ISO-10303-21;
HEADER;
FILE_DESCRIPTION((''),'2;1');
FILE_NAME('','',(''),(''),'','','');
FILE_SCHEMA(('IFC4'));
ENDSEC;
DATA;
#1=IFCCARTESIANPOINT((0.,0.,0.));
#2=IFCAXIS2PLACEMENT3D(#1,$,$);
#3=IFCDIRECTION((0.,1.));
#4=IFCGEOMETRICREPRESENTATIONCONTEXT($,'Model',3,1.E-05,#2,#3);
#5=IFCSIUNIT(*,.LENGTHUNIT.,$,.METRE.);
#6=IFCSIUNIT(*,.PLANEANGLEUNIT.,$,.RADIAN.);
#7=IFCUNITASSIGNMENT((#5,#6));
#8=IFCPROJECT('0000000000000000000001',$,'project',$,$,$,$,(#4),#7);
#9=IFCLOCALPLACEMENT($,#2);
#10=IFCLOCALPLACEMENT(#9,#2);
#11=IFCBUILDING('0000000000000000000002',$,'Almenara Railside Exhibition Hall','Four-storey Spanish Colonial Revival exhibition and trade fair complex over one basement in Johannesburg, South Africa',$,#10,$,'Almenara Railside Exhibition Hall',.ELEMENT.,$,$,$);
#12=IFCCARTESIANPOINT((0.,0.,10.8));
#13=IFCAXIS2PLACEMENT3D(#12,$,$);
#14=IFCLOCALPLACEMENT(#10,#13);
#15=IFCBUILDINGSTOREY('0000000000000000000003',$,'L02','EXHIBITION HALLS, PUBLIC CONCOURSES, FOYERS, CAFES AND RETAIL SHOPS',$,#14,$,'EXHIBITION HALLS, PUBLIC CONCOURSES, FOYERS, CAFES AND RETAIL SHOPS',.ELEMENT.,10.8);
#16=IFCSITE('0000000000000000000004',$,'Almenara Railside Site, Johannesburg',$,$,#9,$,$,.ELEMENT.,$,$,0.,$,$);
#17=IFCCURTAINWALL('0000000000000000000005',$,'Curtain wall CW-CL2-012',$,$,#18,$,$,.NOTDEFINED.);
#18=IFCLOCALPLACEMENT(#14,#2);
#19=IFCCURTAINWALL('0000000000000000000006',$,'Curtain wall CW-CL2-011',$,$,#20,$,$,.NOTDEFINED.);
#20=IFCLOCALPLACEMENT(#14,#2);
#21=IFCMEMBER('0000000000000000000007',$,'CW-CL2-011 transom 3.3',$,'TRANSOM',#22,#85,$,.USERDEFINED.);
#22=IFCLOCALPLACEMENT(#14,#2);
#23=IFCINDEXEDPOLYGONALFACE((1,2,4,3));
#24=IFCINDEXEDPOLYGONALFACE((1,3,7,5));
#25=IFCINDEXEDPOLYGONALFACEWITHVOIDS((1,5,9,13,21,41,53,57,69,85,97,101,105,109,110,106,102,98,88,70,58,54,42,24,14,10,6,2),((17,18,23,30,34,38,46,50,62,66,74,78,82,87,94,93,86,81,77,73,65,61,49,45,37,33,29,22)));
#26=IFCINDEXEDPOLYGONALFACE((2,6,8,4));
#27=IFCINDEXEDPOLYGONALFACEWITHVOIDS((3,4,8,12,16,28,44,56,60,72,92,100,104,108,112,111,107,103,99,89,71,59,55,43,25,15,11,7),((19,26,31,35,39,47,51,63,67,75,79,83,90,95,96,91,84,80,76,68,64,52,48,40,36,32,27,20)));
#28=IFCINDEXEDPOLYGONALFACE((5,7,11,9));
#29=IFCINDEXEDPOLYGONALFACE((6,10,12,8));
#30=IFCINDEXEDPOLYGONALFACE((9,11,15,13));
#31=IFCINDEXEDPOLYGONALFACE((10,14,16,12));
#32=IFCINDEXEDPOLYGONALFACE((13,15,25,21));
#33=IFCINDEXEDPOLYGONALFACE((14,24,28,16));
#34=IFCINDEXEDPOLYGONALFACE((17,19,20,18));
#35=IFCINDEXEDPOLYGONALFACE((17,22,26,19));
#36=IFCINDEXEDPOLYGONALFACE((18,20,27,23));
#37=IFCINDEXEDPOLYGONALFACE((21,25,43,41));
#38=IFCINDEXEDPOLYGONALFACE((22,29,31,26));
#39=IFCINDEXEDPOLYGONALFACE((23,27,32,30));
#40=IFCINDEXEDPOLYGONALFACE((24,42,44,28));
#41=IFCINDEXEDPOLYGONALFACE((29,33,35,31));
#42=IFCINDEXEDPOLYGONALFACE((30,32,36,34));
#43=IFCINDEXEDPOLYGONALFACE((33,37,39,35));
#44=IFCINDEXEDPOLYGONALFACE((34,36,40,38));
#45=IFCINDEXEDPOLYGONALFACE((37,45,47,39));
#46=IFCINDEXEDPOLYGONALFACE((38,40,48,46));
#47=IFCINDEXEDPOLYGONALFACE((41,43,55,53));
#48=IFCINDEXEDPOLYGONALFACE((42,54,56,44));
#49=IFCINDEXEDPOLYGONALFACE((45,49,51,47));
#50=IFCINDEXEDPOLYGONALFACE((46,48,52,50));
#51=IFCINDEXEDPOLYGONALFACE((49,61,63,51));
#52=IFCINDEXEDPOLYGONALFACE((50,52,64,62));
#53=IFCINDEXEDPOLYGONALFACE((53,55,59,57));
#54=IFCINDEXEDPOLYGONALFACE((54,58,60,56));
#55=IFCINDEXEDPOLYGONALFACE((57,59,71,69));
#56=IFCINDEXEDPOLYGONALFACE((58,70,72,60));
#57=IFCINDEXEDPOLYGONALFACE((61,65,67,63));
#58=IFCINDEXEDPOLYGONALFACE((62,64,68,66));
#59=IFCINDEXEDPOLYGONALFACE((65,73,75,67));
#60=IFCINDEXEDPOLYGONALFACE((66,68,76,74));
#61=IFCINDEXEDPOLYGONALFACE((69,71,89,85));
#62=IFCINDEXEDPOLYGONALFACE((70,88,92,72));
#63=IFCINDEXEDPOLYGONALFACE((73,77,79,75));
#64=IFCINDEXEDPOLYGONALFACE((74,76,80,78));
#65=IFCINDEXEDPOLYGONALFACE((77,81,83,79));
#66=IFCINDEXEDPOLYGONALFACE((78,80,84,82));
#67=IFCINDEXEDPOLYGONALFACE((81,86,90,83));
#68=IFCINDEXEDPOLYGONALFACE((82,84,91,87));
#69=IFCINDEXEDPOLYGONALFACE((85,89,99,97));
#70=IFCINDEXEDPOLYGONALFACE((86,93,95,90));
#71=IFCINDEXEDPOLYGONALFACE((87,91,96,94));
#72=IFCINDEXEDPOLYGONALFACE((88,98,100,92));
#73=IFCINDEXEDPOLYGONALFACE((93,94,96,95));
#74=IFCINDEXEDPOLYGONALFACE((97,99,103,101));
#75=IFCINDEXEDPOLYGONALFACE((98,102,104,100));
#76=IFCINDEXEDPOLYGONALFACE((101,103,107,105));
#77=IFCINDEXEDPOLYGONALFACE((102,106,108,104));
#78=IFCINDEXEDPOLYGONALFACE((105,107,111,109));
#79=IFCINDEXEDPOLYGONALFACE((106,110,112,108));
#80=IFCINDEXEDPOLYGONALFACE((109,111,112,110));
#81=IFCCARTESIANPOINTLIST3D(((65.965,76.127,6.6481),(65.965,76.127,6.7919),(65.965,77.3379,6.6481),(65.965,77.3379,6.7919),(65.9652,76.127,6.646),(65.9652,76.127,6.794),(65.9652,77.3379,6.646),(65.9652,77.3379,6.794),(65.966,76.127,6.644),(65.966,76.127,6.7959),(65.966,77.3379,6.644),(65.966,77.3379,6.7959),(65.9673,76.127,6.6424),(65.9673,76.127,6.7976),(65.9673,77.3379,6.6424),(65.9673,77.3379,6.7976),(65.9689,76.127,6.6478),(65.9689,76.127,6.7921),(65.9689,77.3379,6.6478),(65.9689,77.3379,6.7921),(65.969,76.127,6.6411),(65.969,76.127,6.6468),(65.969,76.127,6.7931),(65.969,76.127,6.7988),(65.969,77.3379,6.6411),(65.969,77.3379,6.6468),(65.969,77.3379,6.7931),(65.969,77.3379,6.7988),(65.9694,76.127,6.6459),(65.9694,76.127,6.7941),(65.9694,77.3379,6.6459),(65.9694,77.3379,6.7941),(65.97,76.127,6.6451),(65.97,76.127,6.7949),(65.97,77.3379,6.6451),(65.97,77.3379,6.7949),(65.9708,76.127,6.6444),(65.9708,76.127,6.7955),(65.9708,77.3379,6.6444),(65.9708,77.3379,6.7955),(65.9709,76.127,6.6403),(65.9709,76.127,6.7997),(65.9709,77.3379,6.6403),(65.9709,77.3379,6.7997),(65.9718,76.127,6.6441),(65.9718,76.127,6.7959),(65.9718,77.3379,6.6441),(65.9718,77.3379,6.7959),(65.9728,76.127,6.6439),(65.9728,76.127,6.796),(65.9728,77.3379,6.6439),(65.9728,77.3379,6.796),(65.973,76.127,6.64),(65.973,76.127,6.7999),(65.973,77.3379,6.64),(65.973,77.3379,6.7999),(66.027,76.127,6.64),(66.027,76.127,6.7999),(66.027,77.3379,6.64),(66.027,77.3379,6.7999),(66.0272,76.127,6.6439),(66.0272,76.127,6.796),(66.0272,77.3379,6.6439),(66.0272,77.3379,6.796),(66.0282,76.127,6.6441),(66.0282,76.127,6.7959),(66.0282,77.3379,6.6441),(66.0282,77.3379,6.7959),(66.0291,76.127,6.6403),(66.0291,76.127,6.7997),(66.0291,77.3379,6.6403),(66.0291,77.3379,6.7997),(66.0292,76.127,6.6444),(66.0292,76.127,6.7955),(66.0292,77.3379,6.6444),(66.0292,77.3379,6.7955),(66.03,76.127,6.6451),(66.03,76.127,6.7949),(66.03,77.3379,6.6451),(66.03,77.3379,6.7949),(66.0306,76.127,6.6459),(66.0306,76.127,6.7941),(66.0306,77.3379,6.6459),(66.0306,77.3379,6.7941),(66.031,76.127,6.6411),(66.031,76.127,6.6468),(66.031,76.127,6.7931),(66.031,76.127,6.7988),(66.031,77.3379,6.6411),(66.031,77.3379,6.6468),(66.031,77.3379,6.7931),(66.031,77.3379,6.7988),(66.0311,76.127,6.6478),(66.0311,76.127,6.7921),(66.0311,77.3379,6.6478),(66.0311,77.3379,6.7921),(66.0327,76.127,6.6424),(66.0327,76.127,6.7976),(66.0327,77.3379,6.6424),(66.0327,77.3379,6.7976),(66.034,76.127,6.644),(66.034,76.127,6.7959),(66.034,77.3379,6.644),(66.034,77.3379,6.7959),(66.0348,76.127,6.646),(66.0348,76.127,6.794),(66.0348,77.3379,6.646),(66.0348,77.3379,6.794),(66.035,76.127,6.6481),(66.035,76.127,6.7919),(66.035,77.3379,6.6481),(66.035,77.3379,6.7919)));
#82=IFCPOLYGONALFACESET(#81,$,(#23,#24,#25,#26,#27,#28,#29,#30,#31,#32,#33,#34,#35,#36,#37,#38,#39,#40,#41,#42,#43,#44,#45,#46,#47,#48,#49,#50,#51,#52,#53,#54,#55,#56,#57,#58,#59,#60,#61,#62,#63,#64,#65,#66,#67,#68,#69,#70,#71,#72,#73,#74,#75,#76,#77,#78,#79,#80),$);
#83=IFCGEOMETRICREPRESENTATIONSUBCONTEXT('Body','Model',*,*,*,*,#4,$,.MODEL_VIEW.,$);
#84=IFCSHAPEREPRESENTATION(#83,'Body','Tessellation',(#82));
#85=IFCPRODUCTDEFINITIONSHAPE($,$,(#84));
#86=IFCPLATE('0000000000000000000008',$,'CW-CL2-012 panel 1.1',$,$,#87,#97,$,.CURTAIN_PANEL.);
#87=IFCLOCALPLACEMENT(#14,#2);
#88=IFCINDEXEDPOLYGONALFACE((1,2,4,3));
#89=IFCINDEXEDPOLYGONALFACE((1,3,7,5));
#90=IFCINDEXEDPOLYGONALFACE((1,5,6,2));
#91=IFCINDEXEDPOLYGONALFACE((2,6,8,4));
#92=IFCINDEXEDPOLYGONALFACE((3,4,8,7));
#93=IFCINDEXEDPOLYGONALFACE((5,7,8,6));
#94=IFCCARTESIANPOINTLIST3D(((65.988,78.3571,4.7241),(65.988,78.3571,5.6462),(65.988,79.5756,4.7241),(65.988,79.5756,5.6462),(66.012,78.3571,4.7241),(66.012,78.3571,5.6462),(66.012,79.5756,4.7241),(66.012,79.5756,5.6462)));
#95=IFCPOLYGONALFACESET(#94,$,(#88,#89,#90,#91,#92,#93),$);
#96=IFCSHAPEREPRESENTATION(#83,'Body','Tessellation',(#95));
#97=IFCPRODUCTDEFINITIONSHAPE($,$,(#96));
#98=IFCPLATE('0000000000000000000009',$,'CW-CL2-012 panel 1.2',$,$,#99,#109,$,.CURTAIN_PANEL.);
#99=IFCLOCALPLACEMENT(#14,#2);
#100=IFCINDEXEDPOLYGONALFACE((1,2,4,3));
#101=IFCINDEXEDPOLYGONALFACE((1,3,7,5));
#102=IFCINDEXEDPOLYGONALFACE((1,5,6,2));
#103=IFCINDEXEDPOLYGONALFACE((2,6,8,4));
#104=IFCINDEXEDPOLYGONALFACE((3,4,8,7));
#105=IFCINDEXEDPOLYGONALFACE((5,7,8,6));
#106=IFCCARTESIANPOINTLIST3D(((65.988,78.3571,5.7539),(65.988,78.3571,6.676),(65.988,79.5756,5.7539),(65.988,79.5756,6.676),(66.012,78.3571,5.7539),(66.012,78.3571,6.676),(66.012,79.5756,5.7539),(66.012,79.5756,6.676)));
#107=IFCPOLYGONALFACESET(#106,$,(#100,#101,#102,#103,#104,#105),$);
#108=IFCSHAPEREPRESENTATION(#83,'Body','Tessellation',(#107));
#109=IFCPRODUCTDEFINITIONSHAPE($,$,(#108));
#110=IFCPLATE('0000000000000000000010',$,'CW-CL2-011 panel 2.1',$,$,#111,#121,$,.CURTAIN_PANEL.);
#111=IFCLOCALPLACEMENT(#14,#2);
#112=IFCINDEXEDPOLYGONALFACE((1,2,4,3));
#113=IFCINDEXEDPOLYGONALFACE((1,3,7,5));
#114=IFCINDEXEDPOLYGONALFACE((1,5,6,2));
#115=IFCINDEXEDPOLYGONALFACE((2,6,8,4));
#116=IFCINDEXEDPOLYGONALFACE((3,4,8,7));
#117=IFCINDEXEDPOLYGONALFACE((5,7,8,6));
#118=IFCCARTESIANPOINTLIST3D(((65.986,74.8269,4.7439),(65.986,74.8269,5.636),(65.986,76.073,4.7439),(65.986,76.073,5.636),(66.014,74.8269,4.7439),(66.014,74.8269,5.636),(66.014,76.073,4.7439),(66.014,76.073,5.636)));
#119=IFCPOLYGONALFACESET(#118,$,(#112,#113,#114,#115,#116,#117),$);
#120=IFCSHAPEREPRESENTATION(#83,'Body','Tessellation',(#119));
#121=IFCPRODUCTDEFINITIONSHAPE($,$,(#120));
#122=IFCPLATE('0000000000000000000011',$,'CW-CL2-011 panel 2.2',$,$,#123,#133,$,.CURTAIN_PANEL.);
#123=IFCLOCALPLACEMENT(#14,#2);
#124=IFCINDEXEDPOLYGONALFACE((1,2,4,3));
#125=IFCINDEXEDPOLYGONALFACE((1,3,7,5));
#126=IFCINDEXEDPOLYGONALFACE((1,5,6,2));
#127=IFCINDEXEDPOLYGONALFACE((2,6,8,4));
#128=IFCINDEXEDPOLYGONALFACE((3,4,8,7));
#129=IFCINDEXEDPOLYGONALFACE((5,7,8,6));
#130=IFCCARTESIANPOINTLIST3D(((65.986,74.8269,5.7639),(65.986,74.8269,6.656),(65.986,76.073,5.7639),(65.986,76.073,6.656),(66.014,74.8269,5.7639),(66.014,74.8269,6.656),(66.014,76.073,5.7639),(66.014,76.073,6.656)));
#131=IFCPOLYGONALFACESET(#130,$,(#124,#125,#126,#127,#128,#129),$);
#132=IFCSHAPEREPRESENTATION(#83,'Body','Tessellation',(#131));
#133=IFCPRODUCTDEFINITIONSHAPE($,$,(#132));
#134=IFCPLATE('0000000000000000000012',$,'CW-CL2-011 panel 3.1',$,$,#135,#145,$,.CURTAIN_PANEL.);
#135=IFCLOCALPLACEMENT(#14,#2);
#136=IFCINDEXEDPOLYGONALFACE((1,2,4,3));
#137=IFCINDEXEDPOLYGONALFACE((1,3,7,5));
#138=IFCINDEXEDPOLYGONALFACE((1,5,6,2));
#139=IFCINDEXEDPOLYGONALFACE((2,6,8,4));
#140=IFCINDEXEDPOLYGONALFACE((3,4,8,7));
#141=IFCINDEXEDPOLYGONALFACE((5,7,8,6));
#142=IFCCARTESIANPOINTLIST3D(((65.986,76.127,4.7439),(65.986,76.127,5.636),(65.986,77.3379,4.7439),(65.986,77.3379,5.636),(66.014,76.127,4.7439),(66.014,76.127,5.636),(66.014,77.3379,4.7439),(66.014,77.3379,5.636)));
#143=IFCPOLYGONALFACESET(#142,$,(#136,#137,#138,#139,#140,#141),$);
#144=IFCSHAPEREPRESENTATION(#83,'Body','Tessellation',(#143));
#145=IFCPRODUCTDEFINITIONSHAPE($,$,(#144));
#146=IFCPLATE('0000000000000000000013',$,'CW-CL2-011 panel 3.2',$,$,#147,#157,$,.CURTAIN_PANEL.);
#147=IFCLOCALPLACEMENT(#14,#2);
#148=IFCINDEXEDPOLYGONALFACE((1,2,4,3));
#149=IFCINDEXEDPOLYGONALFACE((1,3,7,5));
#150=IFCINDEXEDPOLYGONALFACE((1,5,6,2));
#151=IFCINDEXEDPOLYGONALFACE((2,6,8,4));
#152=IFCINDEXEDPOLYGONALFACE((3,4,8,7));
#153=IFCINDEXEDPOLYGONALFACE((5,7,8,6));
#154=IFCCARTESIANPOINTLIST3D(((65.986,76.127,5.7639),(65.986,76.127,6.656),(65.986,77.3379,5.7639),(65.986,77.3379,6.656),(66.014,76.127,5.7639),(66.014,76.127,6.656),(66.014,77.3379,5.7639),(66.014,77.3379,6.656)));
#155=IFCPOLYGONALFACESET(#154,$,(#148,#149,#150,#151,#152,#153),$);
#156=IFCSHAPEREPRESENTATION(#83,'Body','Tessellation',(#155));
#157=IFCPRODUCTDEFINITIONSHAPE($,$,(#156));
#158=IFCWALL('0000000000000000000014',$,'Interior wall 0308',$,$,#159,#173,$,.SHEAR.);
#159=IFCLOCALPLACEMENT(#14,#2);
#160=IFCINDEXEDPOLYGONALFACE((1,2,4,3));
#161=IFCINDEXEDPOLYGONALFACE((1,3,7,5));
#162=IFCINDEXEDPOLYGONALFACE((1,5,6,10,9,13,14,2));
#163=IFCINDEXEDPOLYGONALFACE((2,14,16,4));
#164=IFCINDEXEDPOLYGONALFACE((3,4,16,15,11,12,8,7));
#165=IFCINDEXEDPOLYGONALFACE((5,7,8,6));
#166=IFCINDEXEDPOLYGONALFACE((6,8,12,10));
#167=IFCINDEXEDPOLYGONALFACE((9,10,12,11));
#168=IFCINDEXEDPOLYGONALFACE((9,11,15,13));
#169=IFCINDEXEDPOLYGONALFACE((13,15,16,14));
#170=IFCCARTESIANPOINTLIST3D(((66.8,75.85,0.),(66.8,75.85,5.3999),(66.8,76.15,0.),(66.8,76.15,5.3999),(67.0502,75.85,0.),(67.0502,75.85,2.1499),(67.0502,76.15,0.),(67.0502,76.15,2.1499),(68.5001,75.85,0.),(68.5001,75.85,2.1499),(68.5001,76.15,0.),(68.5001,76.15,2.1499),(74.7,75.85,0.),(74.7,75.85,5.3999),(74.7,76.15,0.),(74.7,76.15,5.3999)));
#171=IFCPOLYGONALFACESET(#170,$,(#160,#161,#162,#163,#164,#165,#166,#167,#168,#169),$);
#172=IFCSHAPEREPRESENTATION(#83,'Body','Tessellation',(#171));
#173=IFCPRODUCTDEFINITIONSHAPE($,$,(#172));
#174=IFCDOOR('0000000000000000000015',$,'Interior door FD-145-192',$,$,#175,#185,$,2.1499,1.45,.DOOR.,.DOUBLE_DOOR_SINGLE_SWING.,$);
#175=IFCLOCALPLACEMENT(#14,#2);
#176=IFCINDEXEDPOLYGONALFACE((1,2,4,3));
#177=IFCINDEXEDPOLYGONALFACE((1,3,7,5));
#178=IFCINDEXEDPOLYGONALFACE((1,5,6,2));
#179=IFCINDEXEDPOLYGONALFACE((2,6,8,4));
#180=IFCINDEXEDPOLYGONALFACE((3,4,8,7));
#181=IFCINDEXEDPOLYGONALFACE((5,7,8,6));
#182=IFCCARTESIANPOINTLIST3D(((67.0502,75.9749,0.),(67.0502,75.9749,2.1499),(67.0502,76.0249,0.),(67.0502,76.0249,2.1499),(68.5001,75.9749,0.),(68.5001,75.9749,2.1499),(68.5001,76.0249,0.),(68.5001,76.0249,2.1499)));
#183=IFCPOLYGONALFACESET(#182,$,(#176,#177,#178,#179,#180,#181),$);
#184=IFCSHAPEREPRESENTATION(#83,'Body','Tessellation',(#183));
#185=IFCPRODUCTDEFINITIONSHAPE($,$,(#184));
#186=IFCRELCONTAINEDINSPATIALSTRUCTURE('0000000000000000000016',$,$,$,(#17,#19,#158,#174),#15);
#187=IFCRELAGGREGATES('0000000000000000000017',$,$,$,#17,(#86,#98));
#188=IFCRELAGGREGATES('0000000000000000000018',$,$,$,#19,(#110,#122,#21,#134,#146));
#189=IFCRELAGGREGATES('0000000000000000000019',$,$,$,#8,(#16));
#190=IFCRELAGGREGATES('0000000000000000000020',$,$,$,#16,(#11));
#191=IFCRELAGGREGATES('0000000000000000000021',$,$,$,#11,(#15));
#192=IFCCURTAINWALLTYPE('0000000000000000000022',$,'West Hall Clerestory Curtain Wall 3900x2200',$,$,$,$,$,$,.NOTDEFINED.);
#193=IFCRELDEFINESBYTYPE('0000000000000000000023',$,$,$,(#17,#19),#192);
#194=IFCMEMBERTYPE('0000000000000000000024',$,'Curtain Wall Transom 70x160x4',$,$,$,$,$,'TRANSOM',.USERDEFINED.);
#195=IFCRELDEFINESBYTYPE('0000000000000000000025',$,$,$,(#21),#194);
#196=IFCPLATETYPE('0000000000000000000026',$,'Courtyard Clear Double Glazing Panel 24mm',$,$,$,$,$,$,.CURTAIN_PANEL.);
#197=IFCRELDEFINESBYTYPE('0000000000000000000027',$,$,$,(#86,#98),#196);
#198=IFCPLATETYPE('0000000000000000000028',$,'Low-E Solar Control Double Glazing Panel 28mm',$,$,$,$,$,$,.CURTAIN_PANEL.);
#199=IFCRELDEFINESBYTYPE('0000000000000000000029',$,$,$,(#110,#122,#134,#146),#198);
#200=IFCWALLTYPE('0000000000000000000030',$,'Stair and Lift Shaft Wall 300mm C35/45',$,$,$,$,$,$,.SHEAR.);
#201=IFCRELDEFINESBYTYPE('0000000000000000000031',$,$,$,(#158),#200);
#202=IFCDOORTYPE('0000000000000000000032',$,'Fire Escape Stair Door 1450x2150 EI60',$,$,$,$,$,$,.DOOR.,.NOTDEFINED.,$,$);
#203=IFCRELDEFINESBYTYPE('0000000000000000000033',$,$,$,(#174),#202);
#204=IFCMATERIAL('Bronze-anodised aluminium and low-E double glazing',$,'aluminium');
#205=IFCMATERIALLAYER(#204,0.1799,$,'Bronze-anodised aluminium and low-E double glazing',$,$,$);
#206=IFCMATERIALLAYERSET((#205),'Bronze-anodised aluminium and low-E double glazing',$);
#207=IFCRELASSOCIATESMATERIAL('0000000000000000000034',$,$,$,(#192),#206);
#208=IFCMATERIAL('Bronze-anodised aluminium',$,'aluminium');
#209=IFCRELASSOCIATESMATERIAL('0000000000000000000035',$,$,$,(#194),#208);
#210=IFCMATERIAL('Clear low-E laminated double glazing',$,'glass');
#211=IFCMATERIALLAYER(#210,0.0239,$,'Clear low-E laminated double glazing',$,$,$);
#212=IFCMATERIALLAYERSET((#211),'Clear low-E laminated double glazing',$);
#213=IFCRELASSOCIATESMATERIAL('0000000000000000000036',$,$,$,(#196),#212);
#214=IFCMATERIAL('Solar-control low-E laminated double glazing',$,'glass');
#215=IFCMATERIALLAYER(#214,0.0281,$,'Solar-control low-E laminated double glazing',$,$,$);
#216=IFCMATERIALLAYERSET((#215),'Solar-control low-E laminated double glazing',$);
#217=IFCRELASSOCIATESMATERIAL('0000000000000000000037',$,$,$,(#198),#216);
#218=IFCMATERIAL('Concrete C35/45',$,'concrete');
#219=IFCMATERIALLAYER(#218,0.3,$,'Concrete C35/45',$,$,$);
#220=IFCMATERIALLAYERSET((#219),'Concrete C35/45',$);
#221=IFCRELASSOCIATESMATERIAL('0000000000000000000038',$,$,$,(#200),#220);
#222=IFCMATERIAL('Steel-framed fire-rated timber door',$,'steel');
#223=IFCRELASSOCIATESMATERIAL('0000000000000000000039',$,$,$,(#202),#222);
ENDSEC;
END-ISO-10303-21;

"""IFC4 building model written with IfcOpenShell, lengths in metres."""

from ifc_helpers import new_model, si_unit, direction, frame, frame_2d, origin, origin_2d, place, context, subcontext, project, spatial, rectangle, hollow_rectangle, extrude, material, layer, layer_set, material_profile, profile_set, type_object, element, fill, aggregate, save


model = new_model("IFC4")

# Units and contexts
model_context = context("Model", 3, precision=1e-05, world=origin(), true_north=direction((0.0, 1.0)))
body_context = subcontext(model_context, "Body", "Model", "MODEL_VIEW")
ifc_project = project(units=[si_unit("LENGTHUNIT", "METRE"), si_unit("PLANEANGLEUNIT", "RADIAN")], contexts=[model_context])

# Site, building, storey
site_placement = place(None, origin())
site = spatial("IfcSite", under=ifc_project, at=site_placement, Name="Almenara Railside Site, Johannesburg", CompositionType="ELEMENT", RefElevation=0.0)
building_placement = place(site_placement, origin())
building = spatial("IfcBuilding", under=site, at=building_placement, Name="Almenara Railside Exhibition Hall", Description="Four-storey Spanish Colonial Revival exhibition and trade fair complex over one basement in Johannesburg, South Africa", LongName="Almenara Railside Exhibition Hall", CompositionType="ELEMENT")
storey_placement = place(building_placement, frame((0.0, 0.0, 10.8)))
storey = spatial("IfcBuildingStorey", under=building, at=storey_placement, Name="L02", Description="EXHIBITION HALLS, PUBLIC CONCOURSES, FOYERS, CAFES AND RETAIL SHOPS", LongName="EXHIBITION HALLS, PUBLIC CONCOURSES, FOYERS, CAFES AND RETAIL SHOPS", CompositionType="ELEMENT", Elevation=10.8)

# Curtain walls
ifc_material_1 = material(Name="Bronze-anodised aluminium and low-E double glazing", Category="aluminium")
ifc_layer_1 = layer(ifc_material_1, 0.1799, Name="Bronze-anodised aluminium and low-E double glazing")
ifc_layer_set_1 = layer_set([ifc_layer_1], Name="Bronze-anodised aluminium and low-E double glazing")
curtain_wall_type = type_object("IfcCurtainWallType", Name="West Hall Clerestory Curtain Wall 3900x2200", PredefinedType="NOTDEFINED", material=ifc_layer_set_1)
curtain_wall_1_placement = place(storey_placement, origin())
curtain_wall_1 = element("IfcCurtainWall", 1, at=curtain_wall_1_placement, inside=storey, type_object=curtain_wall_type, Name="Curtain wall CW-CL2-012", PredefinedType="NOTDEFINED")
ifc_material_2 = material(Name="Bronze-anodised aluminium", Category="aluminium")
curtain_wall_2_placement = place(storey_placement, origin())
curtain_wall_2 = element("IfcCurtainWall", 2, at=curtain_wall_2_placement, inside=storey, type_object=curtain_wall_type, Name="Curtain wall CW-CL2-011", PredefinedType="NOTDEFINED")

# Member
ifc_material_profile_1 = material_profile(ifc_material_2, hollow_rectangle(XDim=0.0701, YDim=0.1599, WallThickness=0.0039, InnerFilletRadius=0.0039, OuterFilletRadius=0.0081, at=origin_2d()), Name="ALU-TRN 70x160x4")
ifc_profile_set_1 = profile_set([ifc_material_profile_1], Name="Bronze-anodised aluminium")
member_type_1 = type_object("IfcMemberType", Name="Curtain Wall Transom 70x160x4", ElementType="TRANSOM", PredefinedType="USERDEFINED", material=ifc_profile_set_1)
member_1_placement = place(storey_placement, frame((66.0, 76.127, 6.72), z_axis=(0.0, 1.0, 0.0), x_axis=(-1.0, 0.0, 0.0)))
member_1 = element("IfcMember", 3, at=member_1_placement, type_object=member_type_1, Name="CW-CL2-011 transom 3.3", ObjectType="TRANSOM", PredefinedType="USERDEFINED", context=body_context, shape_type="SweptSolid", body=[
    extrude(hollow_rectangle(XDim=0.0701, YDim=0.1599, WallThickness=0.0039, InnerFilletRadius=0.0039, OuterFilletRadius=0.0081, at=origin_2d()), origin(), (0.0, 0.0, 1.0), 1.2109),
])

# Plates
ifc_material_3 = material(Name="Clear low-E laminated double glazing", Category="glass")
ifc_layer_2 = layer(ifc_material_3, 0.0239, Name="Clear low-E laminated double glazing")
ifc_layer_set_2 = layer_set([ifc_layer_2], Name="Clear low-E laminated double glazing")
plate_type_1 = type_object("IfcPlateType", Name="Courtyard Clear Double Glazing Panel 24mm", PredefinedType="CURTAIN_PANEL", material=ifc_layer_set_2)
plate_1_placement = place(storey_placement, frame((66.0, 78.9663, 4.7241), z_axis=(0.0, 0.0, 1.0), x_axis=(0.0, 1.0, 0.0)))
plate_1 = element("IfcPlate", 4, at=plate_1_placement, type_object=plate_type_1, Name="CW-CL2-012 panel 1.1", PredefinedType="CURTAIN_PANEL", context=body_context, shape_type="SweptSolid", body=[
    extrude(rectangle(XDim=1.2185, YDim=0.0239, at=origin_2d()), origin(), (0.0, 0.0, 1.0), 0.9221),
])
plate_2_placement = place(storey_placement, frame((66.0, 78.9663, 5.7539), z_axis=(0.0, 0.0, 1.0), x_axis=(0.0, 1.0, 0.0)))
plate_2 = element("IfcPlate", 5, at=plate_2_placement, type_object=plate_type_1, Name="CW-CL2-012 panel 1.2", PredefinedType="CURTAIN_PANEL", context=body_context, shape_type="SweptSolid", body=[
    extrude(rectangle(XDim=1.2185, YDim=0.0239, at=origin_2d()), origin(), (0.0, 0.0, 1.0), 0.9221),
])
aggregate(curtain_wall_1, [plate_1, plate_2])
ifc_material_4 = material(Name="Solar-control low-E laminated double glazing", Category="glass")
ifc_layer_3 = layer(ifc_material_4, 0.0281, Name="Solar-control low-E laminated double glazing")
ifc_layer_set_3 = layer_set([ifc_layer_3], Name="Solar-control low-E laminated double glazing")
plate_type_2 = type_object("IfcPlateType", Name="Low-E Solar Control Double Glazing Panel 28mm", PredefinedType="CURTAIN_PANEL", material=ifc_layer_set_3)
plate_3_placement = place(storey_placement, frame((66.0, 75.45, 4.7439), z_axis=(0.0, 0.0, 1.0), x_axis=(0.0, 1.0, 0.0)))
plate_3 = element("IfcPlate", 6, at=plate_3_placement, type_object=plate_type_2, Name="CW-CL2-011 panel 2.1", PredefinedType="CURTAIN_PANEL", context=body_context, shape_type="SweptSolid", body=[
    extrude(rectangle(XDim=1.2461, YDim=0.0281, at=origin_2d()), origin(), (0.0, 0.0, 1.0), 0.8921),
])
plate_4_placement = place(storey_placement, frame((66.0, 75.45, 5.7639), z_axis=(0.0, 0.0, 1.0), x_axis=(0.0, 1.0, 0.0)))
plate_4 = element("IfcPlate", 7, at=plate_4_placement, type_object=plate_type_2, Name="CW-CL2-011 panel 2.2", PredefinedType="CURTAIN_PANEL", context=body_context, shape_type="SweptSolid", body=[
    extrude(rectangle(XDim=1.2461, YDim=0.0281, at=origin_2d()), origin(), (0.0, 0.0, 1.0), 0.8921),
])
plate_5_placement = place(storey_placement, frame((66.0, 76.7324, 4.7439), z_axis=(0.0, 0.0, 1.0), x_axis=(0.0, 1.0, 0.0)))
plate_5 = element("IfcPlate", 8, at=plate_5_placement, type_object=plate_type_2, Name="CW-CL2-011 panel 3.1", PredefinedType="CURTAIN_PANEL", context=body_context, shape_type="SweptSolid", body=[
    extrude(rectangle(XDim=1.2109, YDim=0.0281, at=origin_2d()), origin(), (0.0, 0.0, 1.0), 0.8921),
])
plate_6_placement = place(storey_placement, frame((66.0, 76.7324, 5.7639), z_axis=(0.0, 0.0, 1.0), x_axis=(0.0, 1.0, 0.0)))
plate_6 = element("IfcPlate", 9, at=plate_6_placement, type_object=plate_type_2, Name="CW-CL2-011 panel 3.2", PredefinedType="CURTAIN_PANEL", context=body_context, shape_type="SweptSolid", body=[
    extrude(rectangle(XDim=1.2109, YDim=0.0281, at=origin_2d()), origin(), (0.0, 0.0, 1.0), 0.8921),
])
aggregate(curtain_wall_2, [plate_3, plate_4, member_1, plate_5, plate_6])

# Wall, opening, door
ifc_material_5 = material(Name="Concrete C35/45", Category="concrete")
ifc_layer_4 = layer(ifc_material_5, 0.3, Name="Concrete C35/45")
ifc_layer_set_4 = layer_set([ifc_layer_4], Name="Concrete C35/45")
wall_type = type_object("IfcWallType", Name="Stair and Lift Shaft Wall 300mm C35/45", PredefinedType="SHEAR", material=ifc_layer_set_4)
wall_1_placement = place(storey_placement, frame((66.8, 76.0, 0.0), z_axis=(0.0, 0.0, 1.0), x_axis=(1.0, 0.0, 0.0)))
wall_1 = element("IfcWall", 10, at=wall_1_placement, inside=storey, type_object=wall_type, Name="Interior wall 0308", PredefinedType="SHEAR", context=body_context, shape_type="SweptSolid", body=[
    extrude(rectangle(XDim=7.8999, YDim=0.3, at=frame_2d((3.95, 0.0))), origin(), (0.0, 0.0, 1.0), 5.3999),
])
opening_placement = place(wall_1_placement, frame((0.25, 0.0, 0.0)))
opening = element("IfcOpeningElement", 11, at=opening_placement, cuts=wall_1, PredefinedType="OPENING", context=body_context, shape_type="SweptSolid", body=[
    extrude(rectangle(XDim=1.45, YDim=2.1499, at=frame_2d((0.7251, 1.075))), frame((0.0, 0.1599, 0.0), z_axis=(0.0, -1.0, 0.0), x_axis=(1.0, 0.0, 0.0)), (0.0, 0.0, 1.0), 0.3201),
])
ifc_material_6 = material(Name="Steel-framed fire-rated timber door", Category="steel")
door_type = type_object("IfcDoorType", Name="Fire Escape Stair Door 1450x2150 EI60", OperationType="NOTDEFINED", PredefinedType="DOOR", material=ifc_material_6)
door_placement = place(opening_placement, origin())
door = element("IfcDoor", 12, at=door_placement, inside=storey, type_object=door_type, Name="Interior door FD-145-192", OperationType="DOUBLE_DOOR_SINGLE_SWING", OverallHeight=2.1499, OverallWidth=1.45, PredefinedType="DOOR", context=body_context, shape_type="SweptSolid", body=[
    extrude(rectangle(XDim=1.45, YDim=2.1499, at=frame_2d((0.7251, 1.075))), frame((0.0, 0.0249, 0.0), z_axis=(0.0, -1.0, 0.0), x_axis=(1.0, 0.0, 0.0)), (0.0, 0.0, 1.0), 0.05),
])
fill(opening, door)

save(model, "model.ifc")
